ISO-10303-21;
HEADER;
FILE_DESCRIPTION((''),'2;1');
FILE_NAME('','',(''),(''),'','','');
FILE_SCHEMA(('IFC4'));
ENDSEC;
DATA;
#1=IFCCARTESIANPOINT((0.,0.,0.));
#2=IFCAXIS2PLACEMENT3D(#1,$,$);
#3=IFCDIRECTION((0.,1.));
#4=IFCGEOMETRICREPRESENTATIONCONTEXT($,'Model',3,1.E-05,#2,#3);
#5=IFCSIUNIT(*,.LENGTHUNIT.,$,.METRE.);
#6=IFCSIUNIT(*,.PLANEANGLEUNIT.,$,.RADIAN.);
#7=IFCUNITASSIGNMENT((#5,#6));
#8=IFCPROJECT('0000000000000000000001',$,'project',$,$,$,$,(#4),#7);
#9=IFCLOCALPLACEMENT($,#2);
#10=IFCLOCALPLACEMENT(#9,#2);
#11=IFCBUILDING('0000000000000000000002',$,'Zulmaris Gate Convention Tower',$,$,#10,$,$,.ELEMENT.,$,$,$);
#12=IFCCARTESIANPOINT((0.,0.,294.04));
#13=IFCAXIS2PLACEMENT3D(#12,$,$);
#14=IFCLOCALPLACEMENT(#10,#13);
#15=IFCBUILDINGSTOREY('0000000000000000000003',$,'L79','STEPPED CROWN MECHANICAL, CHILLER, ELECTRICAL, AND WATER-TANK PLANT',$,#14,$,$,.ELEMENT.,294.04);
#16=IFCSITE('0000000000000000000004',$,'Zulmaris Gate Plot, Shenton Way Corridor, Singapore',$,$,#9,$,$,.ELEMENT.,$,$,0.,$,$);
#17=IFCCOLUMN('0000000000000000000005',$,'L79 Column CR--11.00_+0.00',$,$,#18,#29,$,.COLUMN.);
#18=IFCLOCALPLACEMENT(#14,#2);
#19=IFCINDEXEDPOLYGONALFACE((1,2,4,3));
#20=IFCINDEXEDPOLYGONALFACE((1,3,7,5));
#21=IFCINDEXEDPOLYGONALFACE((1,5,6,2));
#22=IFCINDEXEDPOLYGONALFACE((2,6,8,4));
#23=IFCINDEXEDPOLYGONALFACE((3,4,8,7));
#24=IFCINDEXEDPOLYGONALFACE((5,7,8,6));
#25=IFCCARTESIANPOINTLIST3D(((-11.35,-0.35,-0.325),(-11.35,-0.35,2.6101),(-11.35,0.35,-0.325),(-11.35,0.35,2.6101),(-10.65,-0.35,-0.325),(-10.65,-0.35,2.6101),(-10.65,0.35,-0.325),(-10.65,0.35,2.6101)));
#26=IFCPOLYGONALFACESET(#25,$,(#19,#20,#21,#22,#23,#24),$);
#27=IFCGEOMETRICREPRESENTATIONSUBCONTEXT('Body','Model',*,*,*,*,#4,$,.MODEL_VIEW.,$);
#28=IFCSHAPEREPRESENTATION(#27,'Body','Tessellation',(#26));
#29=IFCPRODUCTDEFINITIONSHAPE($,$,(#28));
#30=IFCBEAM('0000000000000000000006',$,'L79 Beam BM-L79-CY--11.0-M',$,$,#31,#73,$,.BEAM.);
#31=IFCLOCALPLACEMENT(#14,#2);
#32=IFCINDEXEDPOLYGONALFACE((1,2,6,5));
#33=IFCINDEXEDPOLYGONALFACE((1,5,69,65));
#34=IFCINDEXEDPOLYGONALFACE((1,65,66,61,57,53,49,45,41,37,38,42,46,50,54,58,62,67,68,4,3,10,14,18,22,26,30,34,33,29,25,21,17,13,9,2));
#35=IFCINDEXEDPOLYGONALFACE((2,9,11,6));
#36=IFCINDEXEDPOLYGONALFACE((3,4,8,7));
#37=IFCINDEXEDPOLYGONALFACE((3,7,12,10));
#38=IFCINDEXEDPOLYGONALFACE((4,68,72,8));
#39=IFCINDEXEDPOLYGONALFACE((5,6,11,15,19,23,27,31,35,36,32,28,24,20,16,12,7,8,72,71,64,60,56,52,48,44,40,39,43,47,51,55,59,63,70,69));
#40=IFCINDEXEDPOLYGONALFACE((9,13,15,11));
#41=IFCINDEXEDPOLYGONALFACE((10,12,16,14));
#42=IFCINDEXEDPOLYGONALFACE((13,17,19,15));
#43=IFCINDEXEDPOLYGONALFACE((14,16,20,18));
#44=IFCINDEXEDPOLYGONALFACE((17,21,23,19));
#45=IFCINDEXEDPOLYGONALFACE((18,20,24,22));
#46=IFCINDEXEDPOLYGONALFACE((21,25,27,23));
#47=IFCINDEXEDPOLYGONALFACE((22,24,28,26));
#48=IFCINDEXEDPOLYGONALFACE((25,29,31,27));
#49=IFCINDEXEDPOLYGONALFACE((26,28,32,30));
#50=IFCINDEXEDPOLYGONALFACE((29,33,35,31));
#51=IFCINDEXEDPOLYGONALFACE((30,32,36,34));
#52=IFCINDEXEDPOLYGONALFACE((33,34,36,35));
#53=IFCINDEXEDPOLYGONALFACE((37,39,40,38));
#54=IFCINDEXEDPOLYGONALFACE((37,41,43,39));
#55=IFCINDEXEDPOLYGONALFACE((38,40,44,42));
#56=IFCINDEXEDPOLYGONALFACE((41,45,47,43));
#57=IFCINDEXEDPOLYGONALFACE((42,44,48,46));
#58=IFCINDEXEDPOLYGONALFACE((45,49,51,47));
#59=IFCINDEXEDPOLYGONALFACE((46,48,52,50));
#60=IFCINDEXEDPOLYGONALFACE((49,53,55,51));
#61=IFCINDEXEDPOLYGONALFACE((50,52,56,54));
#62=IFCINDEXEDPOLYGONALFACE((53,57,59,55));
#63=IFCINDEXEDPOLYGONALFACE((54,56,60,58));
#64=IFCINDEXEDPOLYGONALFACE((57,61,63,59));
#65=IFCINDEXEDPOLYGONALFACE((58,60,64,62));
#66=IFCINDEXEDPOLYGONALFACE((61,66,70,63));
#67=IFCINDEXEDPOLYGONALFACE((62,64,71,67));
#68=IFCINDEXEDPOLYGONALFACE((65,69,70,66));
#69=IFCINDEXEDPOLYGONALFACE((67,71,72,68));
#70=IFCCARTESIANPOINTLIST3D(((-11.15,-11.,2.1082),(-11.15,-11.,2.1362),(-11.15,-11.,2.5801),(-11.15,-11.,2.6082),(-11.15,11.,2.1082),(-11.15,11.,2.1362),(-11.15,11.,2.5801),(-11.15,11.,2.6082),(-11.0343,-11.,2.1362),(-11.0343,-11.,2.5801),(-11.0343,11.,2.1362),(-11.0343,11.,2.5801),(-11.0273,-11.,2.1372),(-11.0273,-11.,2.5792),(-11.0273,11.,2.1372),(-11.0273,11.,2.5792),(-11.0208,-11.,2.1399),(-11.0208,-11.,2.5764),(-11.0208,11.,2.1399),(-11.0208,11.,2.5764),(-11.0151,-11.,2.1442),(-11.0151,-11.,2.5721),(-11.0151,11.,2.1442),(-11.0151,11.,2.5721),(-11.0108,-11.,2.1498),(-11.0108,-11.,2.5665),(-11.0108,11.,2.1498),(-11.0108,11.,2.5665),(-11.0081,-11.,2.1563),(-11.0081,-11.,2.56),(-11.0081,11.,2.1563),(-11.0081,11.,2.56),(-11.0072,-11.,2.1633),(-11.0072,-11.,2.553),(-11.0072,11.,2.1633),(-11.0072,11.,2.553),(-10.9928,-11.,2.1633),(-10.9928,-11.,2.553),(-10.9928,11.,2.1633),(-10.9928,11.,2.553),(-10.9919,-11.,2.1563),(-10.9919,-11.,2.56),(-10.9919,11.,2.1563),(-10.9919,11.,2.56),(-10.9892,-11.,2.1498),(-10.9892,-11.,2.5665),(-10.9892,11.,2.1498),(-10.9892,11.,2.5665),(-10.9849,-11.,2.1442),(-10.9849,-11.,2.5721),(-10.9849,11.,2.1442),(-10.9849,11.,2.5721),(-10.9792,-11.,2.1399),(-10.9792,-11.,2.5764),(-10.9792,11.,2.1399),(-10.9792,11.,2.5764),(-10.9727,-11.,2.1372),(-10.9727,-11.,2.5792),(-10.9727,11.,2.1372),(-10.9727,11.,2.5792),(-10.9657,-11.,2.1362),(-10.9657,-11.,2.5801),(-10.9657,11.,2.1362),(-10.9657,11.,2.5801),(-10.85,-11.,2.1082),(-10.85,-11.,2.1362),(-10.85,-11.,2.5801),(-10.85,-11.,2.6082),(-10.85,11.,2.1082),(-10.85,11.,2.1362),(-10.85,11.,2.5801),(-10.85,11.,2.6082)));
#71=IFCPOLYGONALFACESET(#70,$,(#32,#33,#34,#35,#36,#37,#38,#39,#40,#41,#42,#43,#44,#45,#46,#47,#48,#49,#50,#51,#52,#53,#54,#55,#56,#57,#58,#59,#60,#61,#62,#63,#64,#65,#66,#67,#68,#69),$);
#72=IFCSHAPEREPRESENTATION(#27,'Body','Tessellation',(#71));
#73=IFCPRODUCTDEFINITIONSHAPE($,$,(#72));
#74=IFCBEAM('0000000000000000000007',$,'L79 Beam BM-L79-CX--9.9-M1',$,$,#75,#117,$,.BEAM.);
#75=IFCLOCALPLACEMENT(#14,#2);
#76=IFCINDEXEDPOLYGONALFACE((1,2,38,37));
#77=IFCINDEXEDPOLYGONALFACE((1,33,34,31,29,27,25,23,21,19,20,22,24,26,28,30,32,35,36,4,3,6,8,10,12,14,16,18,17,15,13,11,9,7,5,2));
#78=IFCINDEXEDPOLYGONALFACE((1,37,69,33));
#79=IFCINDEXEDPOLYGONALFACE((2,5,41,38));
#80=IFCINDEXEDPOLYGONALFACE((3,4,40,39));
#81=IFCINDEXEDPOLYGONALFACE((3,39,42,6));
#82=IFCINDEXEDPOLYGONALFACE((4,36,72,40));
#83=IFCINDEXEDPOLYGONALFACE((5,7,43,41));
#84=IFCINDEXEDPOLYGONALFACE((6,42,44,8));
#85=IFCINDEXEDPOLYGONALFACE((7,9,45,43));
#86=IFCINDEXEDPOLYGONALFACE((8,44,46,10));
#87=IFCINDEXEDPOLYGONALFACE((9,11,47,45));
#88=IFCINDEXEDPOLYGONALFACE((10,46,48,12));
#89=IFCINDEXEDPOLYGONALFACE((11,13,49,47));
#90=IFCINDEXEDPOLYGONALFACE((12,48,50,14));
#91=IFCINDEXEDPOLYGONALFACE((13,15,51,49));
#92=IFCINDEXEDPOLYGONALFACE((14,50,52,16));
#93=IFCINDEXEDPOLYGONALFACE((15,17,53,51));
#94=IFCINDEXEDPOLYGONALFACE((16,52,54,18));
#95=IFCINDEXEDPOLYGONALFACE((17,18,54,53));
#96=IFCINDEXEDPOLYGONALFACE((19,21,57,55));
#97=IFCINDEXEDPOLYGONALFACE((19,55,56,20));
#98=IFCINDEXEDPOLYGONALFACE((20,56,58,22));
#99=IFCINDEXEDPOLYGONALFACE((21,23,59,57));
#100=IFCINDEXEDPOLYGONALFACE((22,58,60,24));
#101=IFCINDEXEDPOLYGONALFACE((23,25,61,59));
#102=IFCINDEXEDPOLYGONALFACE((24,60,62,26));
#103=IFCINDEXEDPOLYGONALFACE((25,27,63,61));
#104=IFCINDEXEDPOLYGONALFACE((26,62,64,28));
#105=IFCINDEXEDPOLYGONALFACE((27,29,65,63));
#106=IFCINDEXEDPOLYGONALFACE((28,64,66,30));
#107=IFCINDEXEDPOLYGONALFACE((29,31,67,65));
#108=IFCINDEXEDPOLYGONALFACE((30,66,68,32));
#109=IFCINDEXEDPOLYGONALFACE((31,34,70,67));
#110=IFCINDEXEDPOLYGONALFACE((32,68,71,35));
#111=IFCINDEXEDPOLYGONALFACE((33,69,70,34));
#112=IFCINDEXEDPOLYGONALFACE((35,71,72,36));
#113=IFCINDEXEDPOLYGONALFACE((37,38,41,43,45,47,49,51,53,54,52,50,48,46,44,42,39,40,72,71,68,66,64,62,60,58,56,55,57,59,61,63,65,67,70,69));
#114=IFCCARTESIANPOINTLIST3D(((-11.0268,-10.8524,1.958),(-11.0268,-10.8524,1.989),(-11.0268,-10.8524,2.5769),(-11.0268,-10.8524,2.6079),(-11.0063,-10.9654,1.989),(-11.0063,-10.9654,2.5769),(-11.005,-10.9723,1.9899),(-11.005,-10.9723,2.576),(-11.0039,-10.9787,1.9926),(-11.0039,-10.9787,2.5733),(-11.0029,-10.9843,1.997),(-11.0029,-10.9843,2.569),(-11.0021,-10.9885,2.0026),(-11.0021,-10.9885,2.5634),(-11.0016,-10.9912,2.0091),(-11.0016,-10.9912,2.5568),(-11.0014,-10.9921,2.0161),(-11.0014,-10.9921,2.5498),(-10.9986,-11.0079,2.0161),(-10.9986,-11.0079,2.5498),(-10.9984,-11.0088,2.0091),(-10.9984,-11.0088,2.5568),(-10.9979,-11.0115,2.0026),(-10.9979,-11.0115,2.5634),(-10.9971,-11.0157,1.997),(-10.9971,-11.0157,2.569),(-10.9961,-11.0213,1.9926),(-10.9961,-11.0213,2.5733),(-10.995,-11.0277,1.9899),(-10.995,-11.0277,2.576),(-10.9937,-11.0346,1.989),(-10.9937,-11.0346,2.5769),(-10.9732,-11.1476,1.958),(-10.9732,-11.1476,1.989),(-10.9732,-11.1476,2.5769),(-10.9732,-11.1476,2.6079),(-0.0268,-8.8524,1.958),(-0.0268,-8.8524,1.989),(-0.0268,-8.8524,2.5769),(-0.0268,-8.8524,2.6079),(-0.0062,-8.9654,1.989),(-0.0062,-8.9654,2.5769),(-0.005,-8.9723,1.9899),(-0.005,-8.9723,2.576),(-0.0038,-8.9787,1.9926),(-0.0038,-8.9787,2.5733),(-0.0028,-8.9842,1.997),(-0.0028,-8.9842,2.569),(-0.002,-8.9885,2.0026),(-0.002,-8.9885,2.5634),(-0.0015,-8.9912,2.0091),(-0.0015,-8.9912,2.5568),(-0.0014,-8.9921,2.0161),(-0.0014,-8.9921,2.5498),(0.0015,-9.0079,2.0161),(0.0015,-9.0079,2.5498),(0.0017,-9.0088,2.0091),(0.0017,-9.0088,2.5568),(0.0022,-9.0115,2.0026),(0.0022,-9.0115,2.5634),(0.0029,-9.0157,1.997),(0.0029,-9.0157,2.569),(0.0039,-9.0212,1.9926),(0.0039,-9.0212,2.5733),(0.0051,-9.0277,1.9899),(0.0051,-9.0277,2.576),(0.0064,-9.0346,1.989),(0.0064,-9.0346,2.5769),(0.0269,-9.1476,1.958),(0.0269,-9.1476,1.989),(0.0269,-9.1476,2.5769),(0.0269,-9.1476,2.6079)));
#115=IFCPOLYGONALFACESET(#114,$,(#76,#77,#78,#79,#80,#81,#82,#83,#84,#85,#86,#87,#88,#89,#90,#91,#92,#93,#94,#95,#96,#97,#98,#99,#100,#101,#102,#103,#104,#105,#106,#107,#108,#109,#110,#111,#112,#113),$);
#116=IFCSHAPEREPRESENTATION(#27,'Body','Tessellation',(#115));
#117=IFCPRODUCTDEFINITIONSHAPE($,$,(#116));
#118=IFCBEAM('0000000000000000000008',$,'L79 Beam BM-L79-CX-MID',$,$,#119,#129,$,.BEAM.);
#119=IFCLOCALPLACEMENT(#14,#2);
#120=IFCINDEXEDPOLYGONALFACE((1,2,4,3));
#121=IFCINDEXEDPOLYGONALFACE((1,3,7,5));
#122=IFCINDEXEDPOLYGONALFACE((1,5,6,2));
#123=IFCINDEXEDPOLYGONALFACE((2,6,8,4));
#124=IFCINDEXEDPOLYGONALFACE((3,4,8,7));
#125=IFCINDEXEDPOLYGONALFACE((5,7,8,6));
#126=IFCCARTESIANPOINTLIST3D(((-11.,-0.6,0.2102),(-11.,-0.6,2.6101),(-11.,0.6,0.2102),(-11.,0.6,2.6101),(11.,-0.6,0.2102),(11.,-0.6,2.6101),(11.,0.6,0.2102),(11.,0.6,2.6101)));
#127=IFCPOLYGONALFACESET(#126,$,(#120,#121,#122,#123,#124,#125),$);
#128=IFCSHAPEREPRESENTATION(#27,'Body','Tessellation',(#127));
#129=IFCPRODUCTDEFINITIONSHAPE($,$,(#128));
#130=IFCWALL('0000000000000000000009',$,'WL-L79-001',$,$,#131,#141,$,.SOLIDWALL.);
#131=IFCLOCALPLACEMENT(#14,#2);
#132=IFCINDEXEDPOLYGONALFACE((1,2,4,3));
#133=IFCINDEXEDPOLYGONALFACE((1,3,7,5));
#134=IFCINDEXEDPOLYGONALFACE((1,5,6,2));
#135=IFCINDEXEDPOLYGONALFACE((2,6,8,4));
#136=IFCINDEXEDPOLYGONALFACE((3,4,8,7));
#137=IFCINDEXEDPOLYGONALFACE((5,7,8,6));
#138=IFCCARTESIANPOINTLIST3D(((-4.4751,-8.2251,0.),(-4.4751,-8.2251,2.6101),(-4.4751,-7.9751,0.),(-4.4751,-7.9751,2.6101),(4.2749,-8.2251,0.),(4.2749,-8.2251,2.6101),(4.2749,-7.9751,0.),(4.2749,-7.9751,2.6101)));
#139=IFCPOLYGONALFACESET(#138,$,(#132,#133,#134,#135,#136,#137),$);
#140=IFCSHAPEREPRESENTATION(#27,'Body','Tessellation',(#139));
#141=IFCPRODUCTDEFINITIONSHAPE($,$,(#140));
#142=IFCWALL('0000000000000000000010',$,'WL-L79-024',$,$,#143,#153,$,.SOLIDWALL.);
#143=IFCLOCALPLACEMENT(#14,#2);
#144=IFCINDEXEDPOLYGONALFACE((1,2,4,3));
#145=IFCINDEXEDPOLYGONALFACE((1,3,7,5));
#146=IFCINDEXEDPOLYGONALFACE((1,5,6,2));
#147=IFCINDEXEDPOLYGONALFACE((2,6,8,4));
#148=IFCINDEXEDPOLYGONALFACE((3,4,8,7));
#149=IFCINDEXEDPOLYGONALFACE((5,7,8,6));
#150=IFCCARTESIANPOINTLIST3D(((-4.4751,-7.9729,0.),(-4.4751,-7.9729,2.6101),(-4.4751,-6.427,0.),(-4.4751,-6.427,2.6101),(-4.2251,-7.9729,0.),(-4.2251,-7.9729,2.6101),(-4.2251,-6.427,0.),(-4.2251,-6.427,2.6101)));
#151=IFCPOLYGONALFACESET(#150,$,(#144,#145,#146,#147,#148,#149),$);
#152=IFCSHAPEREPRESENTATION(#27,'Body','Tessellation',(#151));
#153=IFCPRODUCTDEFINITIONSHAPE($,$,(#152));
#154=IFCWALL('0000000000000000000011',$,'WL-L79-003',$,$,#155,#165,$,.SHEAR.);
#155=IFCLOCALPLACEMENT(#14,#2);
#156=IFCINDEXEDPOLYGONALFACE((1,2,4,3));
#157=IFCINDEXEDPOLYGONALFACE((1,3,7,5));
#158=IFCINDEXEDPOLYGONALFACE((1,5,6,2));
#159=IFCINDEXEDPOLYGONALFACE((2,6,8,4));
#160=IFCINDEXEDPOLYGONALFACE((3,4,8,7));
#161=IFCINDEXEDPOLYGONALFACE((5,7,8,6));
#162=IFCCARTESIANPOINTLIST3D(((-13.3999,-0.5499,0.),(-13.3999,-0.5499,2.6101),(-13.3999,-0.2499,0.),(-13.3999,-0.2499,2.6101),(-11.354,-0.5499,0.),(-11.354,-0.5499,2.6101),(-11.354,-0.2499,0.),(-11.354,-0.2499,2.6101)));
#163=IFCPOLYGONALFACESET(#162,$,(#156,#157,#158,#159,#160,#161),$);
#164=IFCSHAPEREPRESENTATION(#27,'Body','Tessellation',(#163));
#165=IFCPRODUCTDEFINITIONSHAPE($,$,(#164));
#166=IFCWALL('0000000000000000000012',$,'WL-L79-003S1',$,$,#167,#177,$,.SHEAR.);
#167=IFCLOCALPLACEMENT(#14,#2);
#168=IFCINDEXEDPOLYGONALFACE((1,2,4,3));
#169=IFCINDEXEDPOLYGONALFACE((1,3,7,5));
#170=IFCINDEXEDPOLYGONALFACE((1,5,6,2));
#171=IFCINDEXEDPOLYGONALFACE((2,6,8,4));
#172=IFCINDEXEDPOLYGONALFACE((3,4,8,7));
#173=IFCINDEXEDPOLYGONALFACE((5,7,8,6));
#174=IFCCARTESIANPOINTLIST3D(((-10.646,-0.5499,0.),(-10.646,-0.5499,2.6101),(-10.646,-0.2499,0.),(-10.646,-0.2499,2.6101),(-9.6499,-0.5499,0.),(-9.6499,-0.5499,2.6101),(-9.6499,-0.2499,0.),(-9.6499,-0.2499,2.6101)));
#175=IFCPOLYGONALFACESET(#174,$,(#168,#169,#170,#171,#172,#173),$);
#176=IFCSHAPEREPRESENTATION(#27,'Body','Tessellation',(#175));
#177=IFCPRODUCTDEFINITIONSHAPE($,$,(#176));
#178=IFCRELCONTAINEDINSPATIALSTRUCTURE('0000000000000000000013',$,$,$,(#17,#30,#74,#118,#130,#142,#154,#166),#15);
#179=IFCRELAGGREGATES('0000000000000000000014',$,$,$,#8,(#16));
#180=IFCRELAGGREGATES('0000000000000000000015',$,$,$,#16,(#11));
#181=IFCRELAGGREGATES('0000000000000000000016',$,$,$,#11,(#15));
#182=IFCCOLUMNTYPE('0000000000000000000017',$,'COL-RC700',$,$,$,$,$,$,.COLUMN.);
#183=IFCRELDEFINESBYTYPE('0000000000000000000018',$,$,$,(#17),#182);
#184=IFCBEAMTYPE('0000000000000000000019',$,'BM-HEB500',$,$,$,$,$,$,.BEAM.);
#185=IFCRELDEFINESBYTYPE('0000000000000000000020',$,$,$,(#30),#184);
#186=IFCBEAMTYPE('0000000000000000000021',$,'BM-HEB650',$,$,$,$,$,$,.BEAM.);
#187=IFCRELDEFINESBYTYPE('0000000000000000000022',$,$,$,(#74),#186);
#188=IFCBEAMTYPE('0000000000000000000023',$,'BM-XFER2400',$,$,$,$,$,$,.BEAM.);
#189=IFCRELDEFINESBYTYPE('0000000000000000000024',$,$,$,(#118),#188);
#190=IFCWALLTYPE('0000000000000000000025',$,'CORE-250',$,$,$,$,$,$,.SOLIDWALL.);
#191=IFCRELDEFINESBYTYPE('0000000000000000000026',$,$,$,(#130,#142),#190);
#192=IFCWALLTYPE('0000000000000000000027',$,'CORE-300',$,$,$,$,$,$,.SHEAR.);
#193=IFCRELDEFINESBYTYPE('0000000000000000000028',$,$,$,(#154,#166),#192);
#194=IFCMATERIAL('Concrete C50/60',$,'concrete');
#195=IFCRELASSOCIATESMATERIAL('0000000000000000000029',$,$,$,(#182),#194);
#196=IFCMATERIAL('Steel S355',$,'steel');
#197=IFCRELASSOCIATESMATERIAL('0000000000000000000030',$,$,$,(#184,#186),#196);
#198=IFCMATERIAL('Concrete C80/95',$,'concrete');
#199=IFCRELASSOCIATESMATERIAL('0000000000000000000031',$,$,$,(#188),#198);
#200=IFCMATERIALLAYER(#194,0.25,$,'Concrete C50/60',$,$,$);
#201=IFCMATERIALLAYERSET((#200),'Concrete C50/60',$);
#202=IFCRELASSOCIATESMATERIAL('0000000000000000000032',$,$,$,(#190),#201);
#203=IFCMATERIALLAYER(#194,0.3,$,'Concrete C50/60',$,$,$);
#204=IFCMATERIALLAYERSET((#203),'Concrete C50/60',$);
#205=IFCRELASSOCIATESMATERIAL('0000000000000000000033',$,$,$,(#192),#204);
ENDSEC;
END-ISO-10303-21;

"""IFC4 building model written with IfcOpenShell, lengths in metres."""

from ifc_helpers import new_model, si_unit, direction, frame, frame_2d, origin, origin_2d, place, context, subcontext, project, spatial, rectangle, i_section, extrude, material, layer, layer_set, material_profile, profile_set, type_object, element, save


model = new_model("IFC4")

# Units and contexts
model_context = context("Model", 3, precision=1e-05, world=origin(), true_north=direction((0.0, 1.0)))
body_context = subcontext(model_context, "Body", "Model", "MODEL_VIEW")
ifc_project = project(units=[si_unit("LENGTHUNIT", "METRE"), si_unit("PLANEANGLEUNIT", "RADIAN")], contexts=[model_context])

# Site, building, storey
site_placement = place(None, origin())
site = spatial("IfcSite", under=ifc_project, at=site_placement, Name="Zulmaris Gate Plot, Shenton Way Corridor, Singapore", CompositionType="ELEMENT", RefElevation=0.0)
building_placement = place(site_placement, origin())
building = spatial("IfcBuilding", under=site, at=building_placement, Name="Zulmaris Gate Convention Tower", CompositionType="ELEMENT")
storey_placement = place(building_placement, frame((0.0, 0.0, 294.04)))
storey = spatial("IfcBuildingStorey", under=building, at=storey_placement, Name="L79", Description="STEPPED CROWN MECHANICAL, CHILLER, ELECTRICAL, AND WATER-TANK PLANT", CompositionType="ELEMENT", Elevation=294.04)

# Column
ifc_material_1 = material(Name="Concrete C50/60", Category="concrete")
ifc_material_profile_1 = material_profile(ifc_material_1, rectangle(XDim=0.7, YDim=0.7, at=origin_2d()), Name="RC COL 700x700")
ifc_profile_set_1 = profile_set([ifc_material_profile_1], Name="Concrete C50/60")
column_type = type_object("IfcColumnType", Name="COL-RC700", PredefinedType="COLUMN", material=ifc_profile_set_1)
column_placement = place(storey_placement, frame((-11.0, 0.0, -0.325), z_axis=(0.0, 0.0, 1.0), x_axis=(1.0, 0.0, 0.0)))
element("IfcColumn", 1, at=column_placement, inside=storey, type_object=column_type, Name="L79 Column CR--11.00_+0.00", PredefinedType="COLUMN", context=body_context, shape_type="SweptSolid", body=[
    extrude(rectangle(XDim=0.7, YDim=0.7, at=origin_2d()), origin(), (0.0, 0.0, 1.0), 2.9351),
])

# Beams
ifc_material_2 = material(Name="Steel S355", Category="steel")
ifc_material_profile_2 = material_profile(ifc_material_2, i_section(OverallWidth=0.3, OverallDepth=0.5, WebThickness=0.0144, FlangeThickness=0.0281, FilletRadius=0.0271, at=origin_2d()), Name="HEB 500")
ifc_profile_set_2 = profile_set([ifc_material_profile_2], Name="Steel S355")
beam_type_1 = type_object("IfcBeamType", Name="BM-HEB500", PredefinedType="BEAM", material=ifc_profile_set_2)
beam_1_placement = place(storey_placement, frame((-11.0, -11.0, 2.3582), z_axis=(0.0, 1.0, 0.0), x_axis=(-1.0, 0.0, 0.0)))
element("IfcBeam", 2, at=beam_1_placement, inside=storey, type_object=beam_type_1, Name="L79 Beam BM-L79-CY--11.0-M", PredefinedType="BEAM", context=body_context, shape_type="SweptSolid", body=[
    extrude(i_section(OverallWidth=0.3, OverallDepth=0.5, WebThickness=0.0144, FlangeThickness=0.0281, FilletRadius=0.0271, at=origin_2d()), origin(), (0.0, 0.0, 1.0), 22.0),
])
ifc_material_profile_3 = material_profile(ifc_material_2, i_section(OverallWidth=0.3, OverallDepth=0.6499, WebThickness=0.0161, FlangeThickness=0.031, FilletRadius=0.0271, at=origin_2d()), Name="HEB 650")
ifc_profile_set_3 = profile_set([ifc_material_profile_3], Name="Steel S355")
beam_type_2 = type_object("IfcBeamType", Name="BM-HEB650", PredefinedType="BEAM", material=ifc_profile_set_3)
beam_2_placement = place(storey_placement, frame((-11.0, -11.0, 2.283), z_axis=(0.98387, 0.178885, 0.0), x_axis=(-0.178885, 0.98387, 0.0)))
element("IfcBeam", 3, at=beam_2_placement, inside=storey, type_object=beam_type_2, Name="L79 Beam BM-L79-CX--9.9-M1", PredefinedType="BEAM", context=body_context, shape_type="SweptSolid", body=[
    extrude(i_section(OverallWidth=0.3, OverallDepth=0.6499, WebThickness=0.0161, FlangeThickness=0.031, FilletRadius=0.0271, at=origin_2d()), origin(), (0.0, 0.0, 1.0), 11.1804),
])
ifc_material_3 = material(Name="Concrete C80/95", Category="concrete")
ifc_material_profile_4 = material_profile(ifc_material_3, rectangle(XDim=1.2, YDim=2.3999, at=origin_2d()), Name="RC TRANSFER 1200x2400")
ifc_profile_set_4 = profile_set([ifc_material_profile_4], Name="Concrete C80/95")
beam_type_3 = type_object("IfcBeamType", Name="BM-XFER2400", PredefinedType="BEAM", material=ifc_profile_set_4)
beam_3_placement = place(storey_placement, frame((-11.0, 0.0, 1.4102), z_axis=(1.0, 0.0, 0.0), x_axis=(0.0, 1.0, 0.0)))
element("IfcBeam", 4, at=beam_3_placement, inside=storey, type_object=beam_type_3, Name="L79 Beam BM-L79-CX-MID", PredefinedType="BEAM", context=body_context, shape_type="SweptSolid", body=[
    extrude(rectangle(XDim=1.2, YDim=2.3999, at=origin_2d()), origin(), (0.0, 0.0, 1.0), 22.0),
])

# Wall
ifc_layer_1 = layer(ifc_material_1, 0.25, Name="Concrete C50/60")
ifc_layer_set_1 = layer_set([ifc_layer_1], Name="Concrete C50/60")
wall_type_1 = type_object("IfcWallType", Name="CORE-250", PredefinedType="SOLIDWALL", material=ifc_layer_set_1)
wall_1_placement = place(storey_placement, frame((-4.4751, -8.1001, 0.0), z_axis=(0.0, 0.0, 1.0), x_axis=(1.0, 0.0, 0.0)))
element("IfcWall", 5, at=wall_1_placement, inside=storey, type_object=wall_type_1, Name="WL-L79-001", PredefinedType="SOLIDWALL", context=body_context, shape_type="SweptSolid", body=[
    extrude(rectangle(XDim=8.75, YDim=0.25, at=frame_2d((4.375, 0.0))), origin(), (0.0, 0.0, 1.0), 2.6101),
])

# Walls
wall_2_placement = place(storey_placement, frame((-4.3501, -7.9729, 0.0), z_axis=(0.0, 0.0, 1.0), x_axis=(0.0, 1.0, 0.0)))
element("IfcWall", 6, at=wall_2_placement, inside=storey, type_object=wall_type_1, Name="WL-L79-024", PredefinedType="SOLIDWALL", context=body_context, shape_type="SweptSolid", body=[
    extrude(rectangle(XDim=1.5459, YDim=0.25, at=frame_2d((0.7729, 0.0))), origin(), (0.0, 0.0, 1.0), 2.6101),
])
ifc_layer_2 = layer(ifc_material_1, 0.3, Name="Concrete C50/60")
ifc_layer_set_2 = layer_set([ifc_layer_2], Name="Concrete C50/60")
wall_type_2 = type_object("IfcWallType", Name="CORE-300", PredefinedType="SHEAR", material=ifc_layer_set_2)
wall_3_placement = place(storey_placement, frame((-13.3999, -0.3999, 0.0), z_axis=(0.0, 0.0, 1.0), x_axis=(1.0, 0.0, 0.0)))
element("IfcWall", 7, at=wall_3_placement, inside=storey, type_object=wall_type_2, Name="WL-L79-003", PredefinedType="SHEAR", context=body_context, shape_type="SweptSolid", body=[
    extrude(rectangle(XDim=2.0459, YDim=0.3, at=frame_2d((1.0229, 0.0))), origin(), (0.0, 0.0, 1.0), 2.6101),
])
wall_4_placement = place(storey_placement, frame((-10.646, -0.3999, 0.0), z_axis=(0.0, 0.0, 1.0), x_axis=(1.0, 0.0, 0.0)))
element("IfcWall", 8, at=wall_4_placement, inside=storey, type_object=wall_type_2, Name="WL-L79-003S1", PredefinedType="SHEAR", context=body_context, shape_type="SweptSolid", body=[
    extrude(rectangle(XDim=0.9961, YDim=0.3, at=frame_2d((0.498, 0.0))), origin(), (0.0, 0.0, 1.0), 2.6101),
])

save(model, "model.ifc")
